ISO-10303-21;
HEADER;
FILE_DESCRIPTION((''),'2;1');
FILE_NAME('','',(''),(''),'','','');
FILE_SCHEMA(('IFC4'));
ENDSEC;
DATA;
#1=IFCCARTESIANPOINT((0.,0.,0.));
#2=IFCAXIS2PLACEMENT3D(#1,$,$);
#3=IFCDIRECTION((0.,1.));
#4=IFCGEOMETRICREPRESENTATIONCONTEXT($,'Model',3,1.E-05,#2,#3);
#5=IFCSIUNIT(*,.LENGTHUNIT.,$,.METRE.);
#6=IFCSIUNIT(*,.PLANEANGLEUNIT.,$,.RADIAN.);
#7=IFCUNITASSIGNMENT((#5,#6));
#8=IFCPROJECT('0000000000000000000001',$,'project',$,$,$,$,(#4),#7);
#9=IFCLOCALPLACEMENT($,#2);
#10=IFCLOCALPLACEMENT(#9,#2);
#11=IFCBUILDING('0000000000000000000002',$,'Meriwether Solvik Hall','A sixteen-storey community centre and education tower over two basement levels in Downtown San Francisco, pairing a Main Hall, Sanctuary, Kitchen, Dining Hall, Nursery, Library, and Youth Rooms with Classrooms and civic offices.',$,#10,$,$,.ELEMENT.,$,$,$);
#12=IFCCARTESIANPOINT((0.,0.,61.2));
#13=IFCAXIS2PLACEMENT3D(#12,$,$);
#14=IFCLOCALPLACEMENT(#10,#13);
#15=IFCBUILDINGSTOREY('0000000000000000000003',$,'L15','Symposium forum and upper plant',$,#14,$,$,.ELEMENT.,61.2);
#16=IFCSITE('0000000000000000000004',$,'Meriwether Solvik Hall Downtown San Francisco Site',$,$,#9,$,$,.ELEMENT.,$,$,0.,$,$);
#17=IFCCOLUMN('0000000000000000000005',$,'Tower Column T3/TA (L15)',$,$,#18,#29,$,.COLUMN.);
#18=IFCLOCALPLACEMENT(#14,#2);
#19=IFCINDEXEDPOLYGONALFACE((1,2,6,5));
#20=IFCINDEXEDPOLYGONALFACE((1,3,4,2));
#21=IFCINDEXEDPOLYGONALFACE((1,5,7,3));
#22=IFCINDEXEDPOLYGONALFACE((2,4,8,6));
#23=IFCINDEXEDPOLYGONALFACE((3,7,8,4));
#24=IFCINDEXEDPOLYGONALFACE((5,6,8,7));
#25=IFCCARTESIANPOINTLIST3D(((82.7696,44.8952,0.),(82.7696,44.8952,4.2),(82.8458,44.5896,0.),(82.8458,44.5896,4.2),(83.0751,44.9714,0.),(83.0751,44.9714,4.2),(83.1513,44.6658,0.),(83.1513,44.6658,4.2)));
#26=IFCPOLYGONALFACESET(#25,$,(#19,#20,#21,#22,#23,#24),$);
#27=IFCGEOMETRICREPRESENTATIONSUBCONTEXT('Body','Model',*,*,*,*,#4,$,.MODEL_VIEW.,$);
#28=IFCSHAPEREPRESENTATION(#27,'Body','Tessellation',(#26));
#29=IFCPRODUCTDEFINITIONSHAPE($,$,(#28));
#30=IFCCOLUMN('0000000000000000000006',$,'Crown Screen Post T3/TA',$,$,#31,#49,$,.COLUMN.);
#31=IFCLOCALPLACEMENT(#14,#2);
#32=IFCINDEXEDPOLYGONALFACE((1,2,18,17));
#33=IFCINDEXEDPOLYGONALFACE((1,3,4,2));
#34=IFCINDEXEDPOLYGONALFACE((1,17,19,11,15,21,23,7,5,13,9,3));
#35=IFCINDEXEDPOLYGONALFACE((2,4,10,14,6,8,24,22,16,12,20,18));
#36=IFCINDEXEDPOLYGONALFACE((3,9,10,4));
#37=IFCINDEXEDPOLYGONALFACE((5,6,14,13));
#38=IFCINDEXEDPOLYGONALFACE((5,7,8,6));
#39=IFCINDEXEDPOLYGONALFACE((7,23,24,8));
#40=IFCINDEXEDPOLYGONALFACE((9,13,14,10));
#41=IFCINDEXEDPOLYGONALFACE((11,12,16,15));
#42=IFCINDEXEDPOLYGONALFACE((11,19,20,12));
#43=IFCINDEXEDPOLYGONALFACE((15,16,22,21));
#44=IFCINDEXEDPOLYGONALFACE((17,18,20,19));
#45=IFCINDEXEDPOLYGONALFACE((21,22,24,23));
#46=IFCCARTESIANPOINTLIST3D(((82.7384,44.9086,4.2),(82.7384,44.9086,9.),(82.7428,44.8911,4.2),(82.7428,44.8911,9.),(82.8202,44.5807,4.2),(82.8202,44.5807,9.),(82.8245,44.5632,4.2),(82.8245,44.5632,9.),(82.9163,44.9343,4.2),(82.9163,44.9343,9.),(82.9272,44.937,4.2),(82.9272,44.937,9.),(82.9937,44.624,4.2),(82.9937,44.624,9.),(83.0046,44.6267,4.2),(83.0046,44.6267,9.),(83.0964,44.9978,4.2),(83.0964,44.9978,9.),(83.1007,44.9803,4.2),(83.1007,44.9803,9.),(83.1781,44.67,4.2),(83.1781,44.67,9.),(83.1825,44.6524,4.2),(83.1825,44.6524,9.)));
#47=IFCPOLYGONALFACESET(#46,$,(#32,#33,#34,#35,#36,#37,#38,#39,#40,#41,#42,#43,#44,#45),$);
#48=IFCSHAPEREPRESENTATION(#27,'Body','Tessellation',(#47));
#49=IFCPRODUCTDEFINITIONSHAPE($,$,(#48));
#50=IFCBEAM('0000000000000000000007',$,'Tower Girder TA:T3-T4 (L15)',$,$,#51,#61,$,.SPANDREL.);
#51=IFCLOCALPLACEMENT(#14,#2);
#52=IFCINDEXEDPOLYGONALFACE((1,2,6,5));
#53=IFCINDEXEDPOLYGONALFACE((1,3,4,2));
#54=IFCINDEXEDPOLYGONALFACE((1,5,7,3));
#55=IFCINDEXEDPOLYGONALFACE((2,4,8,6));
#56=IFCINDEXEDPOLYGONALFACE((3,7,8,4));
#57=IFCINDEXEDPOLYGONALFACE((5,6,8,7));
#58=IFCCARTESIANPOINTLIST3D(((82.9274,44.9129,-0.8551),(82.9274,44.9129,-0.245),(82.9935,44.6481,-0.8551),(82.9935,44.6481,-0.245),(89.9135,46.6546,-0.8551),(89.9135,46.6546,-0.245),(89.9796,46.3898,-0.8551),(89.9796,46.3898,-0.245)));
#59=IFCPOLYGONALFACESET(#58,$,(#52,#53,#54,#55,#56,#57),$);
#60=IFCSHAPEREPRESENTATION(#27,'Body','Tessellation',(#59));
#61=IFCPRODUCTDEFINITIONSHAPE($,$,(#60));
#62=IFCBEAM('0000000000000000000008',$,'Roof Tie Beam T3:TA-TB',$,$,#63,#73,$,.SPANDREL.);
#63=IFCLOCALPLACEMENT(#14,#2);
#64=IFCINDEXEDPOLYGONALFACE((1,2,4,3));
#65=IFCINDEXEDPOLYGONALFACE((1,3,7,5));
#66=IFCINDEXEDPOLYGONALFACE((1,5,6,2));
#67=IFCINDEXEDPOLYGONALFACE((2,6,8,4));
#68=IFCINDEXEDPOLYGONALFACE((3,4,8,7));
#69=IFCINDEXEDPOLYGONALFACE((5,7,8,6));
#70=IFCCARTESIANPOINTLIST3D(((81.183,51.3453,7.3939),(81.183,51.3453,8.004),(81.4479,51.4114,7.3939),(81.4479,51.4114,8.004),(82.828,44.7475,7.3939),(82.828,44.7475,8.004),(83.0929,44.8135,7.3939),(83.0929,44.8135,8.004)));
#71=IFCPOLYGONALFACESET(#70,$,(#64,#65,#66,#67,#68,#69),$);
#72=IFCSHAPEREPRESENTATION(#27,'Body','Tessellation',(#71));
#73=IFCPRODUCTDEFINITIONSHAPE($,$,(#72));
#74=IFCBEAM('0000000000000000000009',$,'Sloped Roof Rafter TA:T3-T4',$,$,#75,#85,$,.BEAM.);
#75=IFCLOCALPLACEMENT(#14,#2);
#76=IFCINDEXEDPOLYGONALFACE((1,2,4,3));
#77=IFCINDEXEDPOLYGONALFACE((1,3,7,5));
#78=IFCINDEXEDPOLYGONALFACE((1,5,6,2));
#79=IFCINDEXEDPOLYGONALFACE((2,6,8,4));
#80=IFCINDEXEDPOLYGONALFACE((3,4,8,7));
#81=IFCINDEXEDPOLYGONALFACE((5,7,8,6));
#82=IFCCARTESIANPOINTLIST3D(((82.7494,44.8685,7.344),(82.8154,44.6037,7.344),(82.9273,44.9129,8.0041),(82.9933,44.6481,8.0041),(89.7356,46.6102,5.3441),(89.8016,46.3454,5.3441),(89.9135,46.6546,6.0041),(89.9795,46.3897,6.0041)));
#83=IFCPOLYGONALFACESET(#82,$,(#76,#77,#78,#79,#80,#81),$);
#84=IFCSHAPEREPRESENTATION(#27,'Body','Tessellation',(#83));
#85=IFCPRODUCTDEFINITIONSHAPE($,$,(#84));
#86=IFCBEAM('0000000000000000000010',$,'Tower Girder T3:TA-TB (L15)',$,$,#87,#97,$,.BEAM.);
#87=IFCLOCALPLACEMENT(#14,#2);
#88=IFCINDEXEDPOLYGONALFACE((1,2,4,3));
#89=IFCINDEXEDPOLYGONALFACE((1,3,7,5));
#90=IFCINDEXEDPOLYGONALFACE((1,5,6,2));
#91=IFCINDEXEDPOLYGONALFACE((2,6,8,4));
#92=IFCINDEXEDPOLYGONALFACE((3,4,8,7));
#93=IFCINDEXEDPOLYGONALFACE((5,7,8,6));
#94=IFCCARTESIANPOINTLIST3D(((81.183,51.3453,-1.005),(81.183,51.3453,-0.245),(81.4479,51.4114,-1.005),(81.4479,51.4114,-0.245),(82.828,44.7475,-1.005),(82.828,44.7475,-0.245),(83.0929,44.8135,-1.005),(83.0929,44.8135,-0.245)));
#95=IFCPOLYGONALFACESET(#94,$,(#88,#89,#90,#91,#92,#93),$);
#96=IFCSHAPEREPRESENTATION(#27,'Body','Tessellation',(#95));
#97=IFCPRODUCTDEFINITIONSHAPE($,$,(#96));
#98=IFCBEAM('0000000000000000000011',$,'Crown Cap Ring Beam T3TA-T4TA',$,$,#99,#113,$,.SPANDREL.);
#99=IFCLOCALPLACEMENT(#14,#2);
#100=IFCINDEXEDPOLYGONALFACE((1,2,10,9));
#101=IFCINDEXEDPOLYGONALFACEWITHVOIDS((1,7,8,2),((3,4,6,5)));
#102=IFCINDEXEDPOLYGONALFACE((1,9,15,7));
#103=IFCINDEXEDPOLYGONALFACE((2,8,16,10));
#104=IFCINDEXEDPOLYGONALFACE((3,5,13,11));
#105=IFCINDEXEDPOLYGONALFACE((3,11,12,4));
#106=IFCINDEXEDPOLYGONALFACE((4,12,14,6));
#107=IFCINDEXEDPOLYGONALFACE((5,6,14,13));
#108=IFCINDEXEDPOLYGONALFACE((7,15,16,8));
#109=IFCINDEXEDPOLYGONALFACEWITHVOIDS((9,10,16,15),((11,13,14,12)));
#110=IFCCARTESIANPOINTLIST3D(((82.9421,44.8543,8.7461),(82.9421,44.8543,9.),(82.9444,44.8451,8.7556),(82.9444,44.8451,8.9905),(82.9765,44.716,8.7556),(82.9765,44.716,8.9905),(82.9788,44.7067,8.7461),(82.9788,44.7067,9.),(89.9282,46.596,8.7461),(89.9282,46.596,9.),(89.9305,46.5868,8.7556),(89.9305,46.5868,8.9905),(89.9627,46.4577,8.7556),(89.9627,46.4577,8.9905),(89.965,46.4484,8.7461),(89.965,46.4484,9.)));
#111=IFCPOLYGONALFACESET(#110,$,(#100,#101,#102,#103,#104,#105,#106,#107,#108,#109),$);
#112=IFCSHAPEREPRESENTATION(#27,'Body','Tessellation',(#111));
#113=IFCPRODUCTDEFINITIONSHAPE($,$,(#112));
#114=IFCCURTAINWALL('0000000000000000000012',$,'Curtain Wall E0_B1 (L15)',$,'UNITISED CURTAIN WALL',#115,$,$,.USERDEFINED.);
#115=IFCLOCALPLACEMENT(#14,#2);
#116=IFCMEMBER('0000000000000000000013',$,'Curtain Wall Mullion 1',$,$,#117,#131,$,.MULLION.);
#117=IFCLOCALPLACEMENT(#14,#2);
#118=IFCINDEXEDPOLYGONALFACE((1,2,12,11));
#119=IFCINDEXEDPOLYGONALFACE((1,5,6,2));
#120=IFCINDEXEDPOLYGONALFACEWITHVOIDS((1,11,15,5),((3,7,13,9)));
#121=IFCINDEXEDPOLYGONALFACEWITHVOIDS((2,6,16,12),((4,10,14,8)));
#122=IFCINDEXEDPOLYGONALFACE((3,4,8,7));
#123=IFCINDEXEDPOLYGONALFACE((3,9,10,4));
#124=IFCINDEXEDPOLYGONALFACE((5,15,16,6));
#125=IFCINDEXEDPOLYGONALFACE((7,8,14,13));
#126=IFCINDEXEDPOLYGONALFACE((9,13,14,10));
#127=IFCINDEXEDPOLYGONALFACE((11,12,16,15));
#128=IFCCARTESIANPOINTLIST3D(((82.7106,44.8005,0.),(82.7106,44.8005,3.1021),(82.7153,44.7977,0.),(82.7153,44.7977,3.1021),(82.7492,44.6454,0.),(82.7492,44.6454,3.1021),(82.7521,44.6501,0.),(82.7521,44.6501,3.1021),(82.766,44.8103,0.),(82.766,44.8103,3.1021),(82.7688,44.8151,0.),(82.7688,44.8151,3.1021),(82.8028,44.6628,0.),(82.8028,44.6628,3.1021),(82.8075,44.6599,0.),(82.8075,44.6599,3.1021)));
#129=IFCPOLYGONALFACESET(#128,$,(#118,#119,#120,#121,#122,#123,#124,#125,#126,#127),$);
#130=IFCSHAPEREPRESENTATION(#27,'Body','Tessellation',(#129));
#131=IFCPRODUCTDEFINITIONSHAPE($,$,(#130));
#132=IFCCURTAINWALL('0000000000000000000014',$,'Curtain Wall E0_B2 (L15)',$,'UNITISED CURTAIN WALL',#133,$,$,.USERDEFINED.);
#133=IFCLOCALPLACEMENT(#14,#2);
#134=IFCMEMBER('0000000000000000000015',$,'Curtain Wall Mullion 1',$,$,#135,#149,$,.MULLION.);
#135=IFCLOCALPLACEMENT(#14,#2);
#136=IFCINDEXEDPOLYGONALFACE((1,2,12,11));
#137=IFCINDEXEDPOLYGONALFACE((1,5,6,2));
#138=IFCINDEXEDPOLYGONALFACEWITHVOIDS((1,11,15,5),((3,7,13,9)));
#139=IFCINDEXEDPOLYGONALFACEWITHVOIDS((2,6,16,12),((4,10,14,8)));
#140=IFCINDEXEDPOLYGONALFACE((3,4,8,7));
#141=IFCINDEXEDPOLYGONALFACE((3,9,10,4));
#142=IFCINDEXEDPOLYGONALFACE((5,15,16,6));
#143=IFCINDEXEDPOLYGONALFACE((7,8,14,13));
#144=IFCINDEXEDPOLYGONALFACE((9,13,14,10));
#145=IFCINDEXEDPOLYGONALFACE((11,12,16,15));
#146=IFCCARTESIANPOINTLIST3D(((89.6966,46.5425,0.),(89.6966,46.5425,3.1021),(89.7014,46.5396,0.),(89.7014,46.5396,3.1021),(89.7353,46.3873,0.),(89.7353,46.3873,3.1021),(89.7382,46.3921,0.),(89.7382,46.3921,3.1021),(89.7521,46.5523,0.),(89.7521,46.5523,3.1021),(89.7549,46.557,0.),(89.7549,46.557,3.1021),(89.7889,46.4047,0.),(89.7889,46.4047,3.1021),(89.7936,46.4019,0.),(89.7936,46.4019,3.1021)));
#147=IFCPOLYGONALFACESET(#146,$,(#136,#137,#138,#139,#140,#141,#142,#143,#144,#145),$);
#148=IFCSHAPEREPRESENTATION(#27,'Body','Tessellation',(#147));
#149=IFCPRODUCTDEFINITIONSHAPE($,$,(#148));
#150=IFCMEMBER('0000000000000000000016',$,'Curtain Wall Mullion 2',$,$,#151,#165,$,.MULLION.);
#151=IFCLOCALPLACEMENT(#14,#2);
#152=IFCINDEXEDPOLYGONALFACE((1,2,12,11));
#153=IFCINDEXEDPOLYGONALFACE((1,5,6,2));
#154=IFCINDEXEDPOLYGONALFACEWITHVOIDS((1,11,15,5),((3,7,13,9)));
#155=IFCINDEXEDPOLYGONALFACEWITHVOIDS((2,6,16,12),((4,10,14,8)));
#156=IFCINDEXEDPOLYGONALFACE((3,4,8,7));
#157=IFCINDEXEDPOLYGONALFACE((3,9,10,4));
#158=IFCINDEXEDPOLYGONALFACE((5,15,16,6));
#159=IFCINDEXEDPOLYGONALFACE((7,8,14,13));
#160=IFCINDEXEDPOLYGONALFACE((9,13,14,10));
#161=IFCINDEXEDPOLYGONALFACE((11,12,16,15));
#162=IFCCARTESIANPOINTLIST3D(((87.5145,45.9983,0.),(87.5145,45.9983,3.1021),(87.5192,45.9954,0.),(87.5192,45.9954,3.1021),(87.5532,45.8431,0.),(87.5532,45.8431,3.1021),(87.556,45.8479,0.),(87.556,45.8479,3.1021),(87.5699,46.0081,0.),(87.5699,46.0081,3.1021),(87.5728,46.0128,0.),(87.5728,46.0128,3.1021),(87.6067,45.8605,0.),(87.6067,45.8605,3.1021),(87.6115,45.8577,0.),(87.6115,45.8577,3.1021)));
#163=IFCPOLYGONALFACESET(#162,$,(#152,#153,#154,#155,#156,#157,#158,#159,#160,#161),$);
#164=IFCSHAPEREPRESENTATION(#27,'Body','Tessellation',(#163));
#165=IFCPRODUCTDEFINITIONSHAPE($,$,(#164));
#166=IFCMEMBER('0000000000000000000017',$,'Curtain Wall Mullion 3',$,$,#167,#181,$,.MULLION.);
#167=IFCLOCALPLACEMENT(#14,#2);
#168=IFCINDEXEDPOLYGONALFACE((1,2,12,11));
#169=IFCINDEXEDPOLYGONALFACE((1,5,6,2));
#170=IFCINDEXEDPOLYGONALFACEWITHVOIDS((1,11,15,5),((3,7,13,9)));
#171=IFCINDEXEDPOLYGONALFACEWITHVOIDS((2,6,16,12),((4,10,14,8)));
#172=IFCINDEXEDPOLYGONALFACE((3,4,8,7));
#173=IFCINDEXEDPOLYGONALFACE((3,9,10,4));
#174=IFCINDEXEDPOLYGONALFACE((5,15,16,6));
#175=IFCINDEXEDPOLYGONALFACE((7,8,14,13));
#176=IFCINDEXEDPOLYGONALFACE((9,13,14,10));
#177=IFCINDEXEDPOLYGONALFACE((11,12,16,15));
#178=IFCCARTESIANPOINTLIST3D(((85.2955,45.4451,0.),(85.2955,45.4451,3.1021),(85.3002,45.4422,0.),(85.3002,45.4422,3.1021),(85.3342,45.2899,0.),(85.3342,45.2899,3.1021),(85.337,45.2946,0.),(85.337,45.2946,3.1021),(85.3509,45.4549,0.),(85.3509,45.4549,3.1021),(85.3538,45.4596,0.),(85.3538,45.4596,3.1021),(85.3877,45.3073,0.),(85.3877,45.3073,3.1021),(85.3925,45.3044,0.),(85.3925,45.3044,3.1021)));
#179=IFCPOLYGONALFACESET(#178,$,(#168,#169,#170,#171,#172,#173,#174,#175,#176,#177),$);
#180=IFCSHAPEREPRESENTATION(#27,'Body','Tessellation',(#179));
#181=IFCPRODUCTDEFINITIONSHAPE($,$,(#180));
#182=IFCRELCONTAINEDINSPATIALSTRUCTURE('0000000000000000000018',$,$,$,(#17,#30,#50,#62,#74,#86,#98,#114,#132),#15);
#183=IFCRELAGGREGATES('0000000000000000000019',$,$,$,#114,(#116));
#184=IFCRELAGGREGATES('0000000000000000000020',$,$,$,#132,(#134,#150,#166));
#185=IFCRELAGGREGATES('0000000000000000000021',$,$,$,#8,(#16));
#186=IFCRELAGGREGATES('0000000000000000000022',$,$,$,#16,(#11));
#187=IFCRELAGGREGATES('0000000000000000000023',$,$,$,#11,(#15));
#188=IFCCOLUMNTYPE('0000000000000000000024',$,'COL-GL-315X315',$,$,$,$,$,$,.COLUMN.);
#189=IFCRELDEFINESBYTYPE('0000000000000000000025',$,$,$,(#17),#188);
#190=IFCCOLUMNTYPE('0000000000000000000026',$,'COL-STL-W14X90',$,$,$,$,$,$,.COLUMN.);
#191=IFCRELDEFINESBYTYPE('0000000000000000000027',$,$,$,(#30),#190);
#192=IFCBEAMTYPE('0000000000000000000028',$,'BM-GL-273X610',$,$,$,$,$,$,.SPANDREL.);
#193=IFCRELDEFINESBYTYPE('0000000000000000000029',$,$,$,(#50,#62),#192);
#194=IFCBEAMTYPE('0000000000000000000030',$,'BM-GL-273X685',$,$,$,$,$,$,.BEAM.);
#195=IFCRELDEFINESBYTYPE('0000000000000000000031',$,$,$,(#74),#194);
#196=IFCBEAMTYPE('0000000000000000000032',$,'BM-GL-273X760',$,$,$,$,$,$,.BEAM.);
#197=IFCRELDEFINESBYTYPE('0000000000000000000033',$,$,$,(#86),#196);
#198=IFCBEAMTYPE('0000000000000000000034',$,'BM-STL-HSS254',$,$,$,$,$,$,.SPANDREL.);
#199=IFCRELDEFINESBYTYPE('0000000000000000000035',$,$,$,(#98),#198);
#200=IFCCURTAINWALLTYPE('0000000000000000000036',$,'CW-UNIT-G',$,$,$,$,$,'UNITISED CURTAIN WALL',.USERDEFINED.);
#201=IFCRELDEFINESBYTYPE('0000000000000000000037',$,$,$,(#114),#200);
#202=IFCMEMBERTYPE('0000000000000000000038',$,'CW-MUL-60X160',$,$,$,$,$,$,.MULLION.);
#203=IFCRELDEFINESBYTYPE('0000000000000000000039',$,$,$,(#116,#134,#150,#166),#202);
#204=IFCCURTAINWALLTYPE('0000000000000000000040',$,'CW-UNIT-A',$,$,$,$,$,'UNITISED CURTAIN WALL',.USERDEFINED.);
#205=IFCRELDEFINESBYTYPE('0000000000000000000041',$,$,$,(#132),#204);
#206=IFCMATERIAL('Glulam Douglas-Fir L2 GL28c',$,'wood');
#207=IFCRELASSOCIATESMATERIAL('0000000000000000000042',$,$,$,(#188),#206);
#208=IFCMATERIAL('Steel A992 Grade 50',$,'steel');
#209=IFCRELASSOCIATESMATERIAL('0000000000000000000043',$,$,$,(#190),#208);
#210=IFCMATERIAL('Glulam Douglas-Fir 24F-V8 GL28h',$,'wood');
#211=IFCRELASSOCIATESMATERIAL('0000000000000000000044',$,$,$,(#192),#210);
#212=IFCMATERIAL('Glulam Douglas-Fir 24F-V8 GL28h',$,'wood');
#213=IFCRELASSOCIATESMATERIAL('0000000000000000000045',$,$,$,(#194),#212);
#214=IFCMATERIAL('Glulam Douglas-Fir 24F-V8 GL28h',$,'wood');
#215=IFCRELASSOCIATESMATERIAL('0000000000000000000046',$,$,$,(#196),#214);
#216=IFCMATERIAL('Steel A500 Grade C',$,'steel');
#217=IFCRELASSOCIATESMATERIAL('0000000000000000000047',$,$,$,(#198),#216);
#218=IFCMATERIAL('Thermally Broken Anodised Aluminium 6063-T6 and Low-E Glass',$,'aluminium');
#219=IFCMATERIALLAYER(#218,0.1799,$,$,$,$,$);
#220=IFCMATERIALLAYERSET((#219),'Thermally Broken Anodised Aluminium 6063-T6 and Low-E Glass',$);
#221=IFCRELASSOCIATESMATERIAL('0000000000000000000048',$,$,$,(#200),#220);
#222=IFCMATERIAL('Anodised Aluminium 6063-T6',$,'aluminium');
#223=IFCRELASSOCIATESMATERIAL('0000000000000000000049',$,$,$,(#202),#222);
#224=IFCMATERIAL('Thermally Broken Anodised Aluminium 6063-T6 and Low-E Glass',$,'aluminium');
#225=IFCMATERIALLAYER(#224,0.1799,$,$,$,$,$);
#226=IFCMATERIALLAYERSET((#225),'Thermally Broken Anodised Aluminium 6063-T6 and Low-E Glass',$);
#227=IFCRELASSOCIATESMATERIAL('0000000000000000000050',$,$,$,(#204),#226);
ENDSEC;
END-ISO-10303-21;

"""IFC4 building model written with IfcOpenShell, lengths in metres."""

from ifc_helpers import new_model, si_unit, direction, frame, origin, origin_2d, place, context, subcontext, project, spatial, rectangle, hollow_rectangle, i_section, extrude, material, layer, layer_set, material_profile, profile_set, type_object, element, aggregate, save


model = new_model("IFC4")

# Units and contexts
model_context = context("Model", 3, precision=1e-05, world=origin(), true_north=direction((0.0, 1.0)))
body_context = subcontext(model_context, "Body", "Model", "MODEL_VIEW")
ifc_project = project(units=[si_unit("LENGTHUNIT", "METRE"), si_unit("PLANEANGLEUNIT", "RADIAN")], contexts=[model_context])

# Site, building, storey
site_placement = place(None, origin())
site = spatial("IfcSite", under=ifc_project, at=site_placement, Name="Meriwether Solvik Hall Downtown San Francisco Site", CompositionType="ELEMENT", RefElevation=0.0)
building_placement = place(site_placement, origin())
building = spatial("IfcBuilding", under=site, at=building_placement, Name="Meriwether Solvik Hall", Description="A sixteen-storey community centre and education tower over two basement levels in Downtown San Francisco, pairing a Main Hall, Sanctuary, Kitchen, Dining Hall, Nursery, Library, and Youth Rooms with Classrooms and civic offices.", CompositionType="ELEMENT")
storey_placement = place(building_placement, frame((0.0, 0.0, 61.2)))
storey = spatial("IfcBuildingStorey", under=building, at=storey_placement, Name="L15", Description="Symposium forum and upper plant", CompositionType="ELEMENT", Elevation=61.2)

# Columns
ifc_material_1 = material(Name="Glulam Douglas-Fir L2 GL28c", Category="wood")
ifc_material_profile_1 = material_profile(ifc_material_1, rectangle(XDim=0.3149, YDim=0.3149, at=origin_2d()), Name="GLC-315X315")
ifc_profile_set_1 = profile_set([ifc_material_profile_1], Name="Glulam Douglas-Fir L2 GL28c")
column_type_1 = type_object("IfcColumnType", Name="COL-GL-315X315", PredefinedType="COLUMN", material=ifc_profile_set_1)
column_1_placement = place(storey_placement, frame((82.9604, 44.7805, 0.0), z_axis=(0.0, 0.0, 1.0), x_axis=(0.970296, 0.241922, 0.0)))
element("IfcColumn", 1, at=column_1_placement, inside=storey, type_object=column_type_1, Name="Tower Column T3/TA (L15)", PredefinedType="COLUMN", context=body_context, shape_type="SweptSolid", body=[
    extrude(rectangle(XDim=0.3149, YDim=0.3149, at=origin_2d()), origin(), (0.0, 0.0, 1.0), 4.2),
])
ifc_material_2 = material(Name="Steel A992 Grade 50", Category="steel")
ifc_material_profile_2 = material_profile(ifc_material_2, i_section(OverallWidth=0.3689, OverallDepth=0.356, WebThickness=0.0112, FlangeThickness=0.0181, at=origin_2d()), Name="W14X90")
ifc_profile_set_2 = profile_set([ifc_material_profile_2], Name="Steel A992 Grade 50")
column_type_2 = type_object("IfcColumnType", Name="COL-STL-W14X90", PredefinedType="COLUMN", material=ifc_profile_set_2)
column_2_placement = place(storey_placement, frame((82.9604, 44.7805, 4.2), z_axis=(0.0, 0.0, 1.0), x_axis=(0.970296, 0.241922, 0.0)))
element("IfcColumn", 2, at=column_2_placement, inside=storey, type_object=column_type_2, Name="Crown Screen Post T3/TA", PredefinedType="COLUMN", context=body_context, shape_type="SweptSolid", body=[
    extrude(i_section(OverallWidth=0.3689, OverallDepth=0.356, WebThickness=0.0112, FlangeThickness=0.0181, at=origin_2d()), origin(), (0.0, 0.0, 1.0), 4.8),
])

# Beams
ifc_material_3 = material(Name="Glulam Douglas-Fir 24F-V8 GL28h", Category="wood")
ifc_material_profile_3 = material_profile(ifc_material_3, rectangle(XDim=0.2729, YDim=0.6101, at=origin_2d()), Name="GLB-273X610")
ifc_profile_set_3 = profile_set([ifc_material_profile_3], Name="Glulam Douglas-Fir 24F-V8 GL28h")
beam_type_1 = type_object("IfcBeamType", Name="BM-GL-273X610", PredefinedType="SPANDREL", material=ifc_profile_set_3)
beam_1_placement = place(storey_placement, frame((82.9604, 44.7805, -0.55), z_axis=(0.9703, 0.241905, 0.0), x_axis=(-0.241905, 0.9703, 0.0)))
element("IfcBeam", 3, at=beam_1_placement, inside=storey, type_object=beam_type_1, Name="Tower Girder TA:T3-T4 (L15)", PredefinedType="SPANDREL", context=body_context, shape_type="SweptSolid", body=[
    extrude(rectangle(XDim=0.2729, YDim=0.6101, at=origin_2d()), origin(), (0.0, 0.0, 1.0), 7.2),
])
beam_2_placement = place(storey_placement, frame((82.9604, 44.7805, 7.699), z_axis=(-0.241919, 0.970296, 0.0), x_axis=(-0.970296, -0.241919, 0.0)))
element("IfcBeam", 4, at=beam_2_placement, inside=storey, type_object=beam_type_1, Name="Roof Tie Beam T3:TA-TB", PredefinedType="SPANDREL", context=body_context, shape_type="SweptSolid", body=[
    extrude(rectangle(XDim=0.2729, YDim=0.6101, at=origin_2d()), origin(), (0.0, 0.0, 1.0), 6.7998),
])
ifc_material_4 = material(Name="Glulam Douglas-Fir 24F-V8 GL28h", Category="wood")
ifc_material_profile_4 = material_profile(ifc_material_4, rectangle(XDim=0.2729, YDim=0.6851, at=origin_2d()), Name="GLB-273X685")
ifc_profile_set_4 = profile_set([ifc_material_profile_4], Name="Glulam Douglas-Fir 24F-V8 GL28h")
beam_type_2 = type_object("IfcBeamType", Name="BM-GL-273X685", PredefinedType="BEAM", material=ifc_profile_set_4)
beam_3_placement = place(storey_placement, frame((82.8713, 44.7583, 7.6741), z_axis=(0.934905, 0.233073, -0.267638), x_axis=(-0.241897, 0.970302, 0.0)))
element("IfcBeam", 5, at=beam_3_placement, inside=storey, type_object=beam_type_2, Name="Sloped Roof Rafter TA:T3-T4", PredefinedType="BEAM", context=body_context, shape_type="SweptSolid", body=[
    extrude(rectangle(XDim=0.2729, YDim=0.6851, at=origin_2d()), origin(), (0.0, 0.0, 1.0), 7.4727),
])
ifc_material_5 = material(Name="Glulam Douglas-Fir 24F-V8 GL28h", Category="wood")
ifc_material_profile_5 = material_profile(ifc_material_5, rectangle(XDim=0.2729, YDim=0.76, at=origin_2d()), Name="GLB-273X760")
ifc_profile_set_5 = profile_set([ifc_material_profile_5], Name="Glulam Douglas-Fir 24F-V8 GL28h")
beam_type_3 = type_object("IfcBeamType", Name="BM-GL-273X760", PredefinedType="BEAM", material=ifc_profile_set_5)
beam_4_placement = place(storey_placement, frame((82.9604, 44.7805, -0.625), z_axis=(-0.241919, 0.970296, 0.0), x_axis=(-0.970296, -0.241919, 0.0)))
element("IfcBeam", 6, at=beam_4_placement, inside=storey, type_object=beam_type_3, Name="Tower Girder T3:TA-TB (L15)", PredefinedType="BEAM", context=body_context, shape_type="SweptSolid", body=[
    extrude(rectangle(XDim=0.2729, YDim=0.76, at=origin_2d()), origin(), (0.0, 0.0, 1.0), 6.7998),
])
ifc_material_6 = material(Name="Steel A500 Grade C", Category="steel")
ifc_material_profile_6 = material_profile(ifc_material_6, hollow_rectangle(XDim=0.1521, YDim=0.2539, WallThickness=0.0095, at=origin_2d()), Name="HSS254X152X9.5")
ifc_profile_set_6 = profile_set([ifc_material_profile_6], Name="Steel A500 Grade C")
beam_type_4 = type_object("IfcBeamType", Name="BM-STL-HSS254", PredefinedType="SPANDREL", material=ifc_profile_set_6)
beam_5_placement = place(storey_placement, frame((82.9604, 44.7805, 8.873), z_axis=(0.9703, 0.241905, 0.0), x_axis=(-0.241905, 0.9703, 0.0)))
element("IfcBeam", 7, at=beam_5_placement, inside=storey, type_object=beam_type_4, Name="Crown Cap Ring Beam T3TA-T4TA", PredefinedType="SPANDREL", context=body_context, shape_type="SweptSolid", body=[
    extrude(hollow_rectangle(XDim=0.1521, YDim=0.2539, WallThickness=0.0095, at=origin_2d()), origin(), (0.0, 0.0, 1.0), 7.2),
])

# Curtain wall, member
ifc_material_7 = material(Name="Thermally Broken Anodised Aluminium 6063-T6 and Low-E Glass", Category="aluminium")
ifc_layer_1 = layer(ifc_material_7, 0.1799)
ifc_layer_set_1 = layer_set([ifc_layer_1], Name="Thermally Broken Anodised Aluminium 6063-T6 and Low-E Glass")
curtain_wall_type_1 = type_object("IfcCurtainWallType", Name="CW-UNIT-G", ElementType="UNITISED CURTAIN WALL", PredefinedType="USERDEFINED", material=ifc_layer_set_1)
curtain_wall_1_placement = place(storey_placement, origin())
curtain_wall_1 = element("IfcCurtainWall", 8, at=curtain_wall_1_placement, inside=storey, type_object=curtain_wall_type_1, Name="Curtain Wall E0_B1 (L15)", ObjectType="UNITISED CURTAIN WALL", PredefinedType="USERDEFINED")
ifc_material_8 = material(Name="Anodised Aluminium 6063-T6", Category="aluminium")
ifc_material_profile_7 = material_profile(ifc_material_8, hollow_rectangle(XDim=0.0601, YDim=0.1599, WallThickness=0.0039, at=origin_2d()), Name="CWM-60X160")
ifc_profile_set_7 = profile_set([ifc_material_profile_7], Name="Anodised Aluminium 6063-T6")
member_type_1 = type_object("IfcMemberType", Name="CW-MUL-60X160", PredefinedType="MULLION", material=ifc_profile_set_7)
member_1_placement = place(storey_placement, frame((82.759, 44.7302, 0.0), z_axis=(0.0, 0.0, 1.0), x_axis=(-0.970296, -0.241922, 0.0)))
member_1 = element("IfcMember", 9, at=member_1_placement, type_object=member_type_1, Name="Curtain Wall Mullion 1", PredefinedType="MULLION", context=body_context, shape_type="SweptSolid", body=[
    extrude(hollow_rectangle(XDim=0.0601, YDim=0.1599, WallThickness=0.0039, at=origin_2d()), origin(), (0.0, 0.0, 1.0), 3.1021),
])

# Curtain wall, members
ifc_material_9 = material(Name="Thermally Broken Anodised Aluminium 6063-T6 and Low-E Glass", Category="aluminium")
ifc_layer_2 = layer(ifc_material_9, 0.1799)
ifc_layer_set_2 = layer_set([ifc_layer_2], Name="Thermally Broken Anodised Aluminium 6063-T6 and Low-E Glass")
curtain_wall_type_2 = type_object("IfcCurtainWallType", Name="CW-UNIT-A", ElementType="UNITISED CURTAIN WALL", PredefinedType="USERDEFINED", material=ifc_layer_set_2)
curtain_wall_2_placement = place(storey_placement, origin())
curtain_wall_2 = element("IfcCurtainWall", 10, at=curtain_wall_2_placement, inside=storey, type_object=curtain_wall_type_2, Name="Curtain Wall E0_B2 (L15)", ObjectType="UNITISED CURTAIN WALL", PredefinedType="USERDEFINED")
member_2_placement = place(storey_placement, frame((89.7451, 46.4722, 0.0), z_axis=(0.0, 0.0, 1.0), x_axis=(-0.970296, -0.241922, 0.0)))
member_2 = element("IfcMember", 11, at=member_2_placement, type_object=member_type_1, Name="Curtain Wall Mullion 1", PredefinedType="MULLION", context=body_context, shape_type="SweptSolid", body=[
    extrude(hollow_rectangle(XDim=0.0601, YDim=0.1599, WallThickness=0.0039, at=origin_2d()), origin(), (0.0, 0.0, 1.0), 3.1021),
])
member_3_placement = place(storey_placement, frame((87.563, 45.928, 0.0), z_axis=(0.0, 0.0, 1.0), x_axis=(-0.970296, -0.241922, 0.0)))
member_3 = element("IfcMember", 12, at=member_3_placement, type_object=member_type_1, Name="Curtain Wall Mullion 2", PredefinedType="MULLION", context=body_context, shape_type="SweptSolid", body=[
    extrude(hollow_rectangle(XDim=0.0601, YDim=0.1599, WallThickness=0.0039, at=origin_2d()), origin(), (0.0, 0.0, 1.0), 3.1021),
])
member_4_placement = place(storey_placement, frame((85.344, 45.3748, 0.0), z_axis=(0.0, 0.0, 1.0), x_axis=(-0.970296, -0.241922, 0.0)))
member_4 = element("IfcMember", 13, at=member_4_placement, type_object=member_type_1, Name="Curtain Wall Mullion 3", PredefinedType="MULLION", context=body_context, shape_type="SweptSolid", body=[
    extrude(hollow_rectangle(XDim=0.0601, YDim=0.1599, WallThickness=0.0039, at=origin_2d()), origin(), (0.0, 0.0, 1.0), 3.1021),
])

aggregate(curtain_wall_1, [member_1])
aggregate(curtain_wall_2, [member_2, member_3, member_4])

save(model, "model.ifc")
